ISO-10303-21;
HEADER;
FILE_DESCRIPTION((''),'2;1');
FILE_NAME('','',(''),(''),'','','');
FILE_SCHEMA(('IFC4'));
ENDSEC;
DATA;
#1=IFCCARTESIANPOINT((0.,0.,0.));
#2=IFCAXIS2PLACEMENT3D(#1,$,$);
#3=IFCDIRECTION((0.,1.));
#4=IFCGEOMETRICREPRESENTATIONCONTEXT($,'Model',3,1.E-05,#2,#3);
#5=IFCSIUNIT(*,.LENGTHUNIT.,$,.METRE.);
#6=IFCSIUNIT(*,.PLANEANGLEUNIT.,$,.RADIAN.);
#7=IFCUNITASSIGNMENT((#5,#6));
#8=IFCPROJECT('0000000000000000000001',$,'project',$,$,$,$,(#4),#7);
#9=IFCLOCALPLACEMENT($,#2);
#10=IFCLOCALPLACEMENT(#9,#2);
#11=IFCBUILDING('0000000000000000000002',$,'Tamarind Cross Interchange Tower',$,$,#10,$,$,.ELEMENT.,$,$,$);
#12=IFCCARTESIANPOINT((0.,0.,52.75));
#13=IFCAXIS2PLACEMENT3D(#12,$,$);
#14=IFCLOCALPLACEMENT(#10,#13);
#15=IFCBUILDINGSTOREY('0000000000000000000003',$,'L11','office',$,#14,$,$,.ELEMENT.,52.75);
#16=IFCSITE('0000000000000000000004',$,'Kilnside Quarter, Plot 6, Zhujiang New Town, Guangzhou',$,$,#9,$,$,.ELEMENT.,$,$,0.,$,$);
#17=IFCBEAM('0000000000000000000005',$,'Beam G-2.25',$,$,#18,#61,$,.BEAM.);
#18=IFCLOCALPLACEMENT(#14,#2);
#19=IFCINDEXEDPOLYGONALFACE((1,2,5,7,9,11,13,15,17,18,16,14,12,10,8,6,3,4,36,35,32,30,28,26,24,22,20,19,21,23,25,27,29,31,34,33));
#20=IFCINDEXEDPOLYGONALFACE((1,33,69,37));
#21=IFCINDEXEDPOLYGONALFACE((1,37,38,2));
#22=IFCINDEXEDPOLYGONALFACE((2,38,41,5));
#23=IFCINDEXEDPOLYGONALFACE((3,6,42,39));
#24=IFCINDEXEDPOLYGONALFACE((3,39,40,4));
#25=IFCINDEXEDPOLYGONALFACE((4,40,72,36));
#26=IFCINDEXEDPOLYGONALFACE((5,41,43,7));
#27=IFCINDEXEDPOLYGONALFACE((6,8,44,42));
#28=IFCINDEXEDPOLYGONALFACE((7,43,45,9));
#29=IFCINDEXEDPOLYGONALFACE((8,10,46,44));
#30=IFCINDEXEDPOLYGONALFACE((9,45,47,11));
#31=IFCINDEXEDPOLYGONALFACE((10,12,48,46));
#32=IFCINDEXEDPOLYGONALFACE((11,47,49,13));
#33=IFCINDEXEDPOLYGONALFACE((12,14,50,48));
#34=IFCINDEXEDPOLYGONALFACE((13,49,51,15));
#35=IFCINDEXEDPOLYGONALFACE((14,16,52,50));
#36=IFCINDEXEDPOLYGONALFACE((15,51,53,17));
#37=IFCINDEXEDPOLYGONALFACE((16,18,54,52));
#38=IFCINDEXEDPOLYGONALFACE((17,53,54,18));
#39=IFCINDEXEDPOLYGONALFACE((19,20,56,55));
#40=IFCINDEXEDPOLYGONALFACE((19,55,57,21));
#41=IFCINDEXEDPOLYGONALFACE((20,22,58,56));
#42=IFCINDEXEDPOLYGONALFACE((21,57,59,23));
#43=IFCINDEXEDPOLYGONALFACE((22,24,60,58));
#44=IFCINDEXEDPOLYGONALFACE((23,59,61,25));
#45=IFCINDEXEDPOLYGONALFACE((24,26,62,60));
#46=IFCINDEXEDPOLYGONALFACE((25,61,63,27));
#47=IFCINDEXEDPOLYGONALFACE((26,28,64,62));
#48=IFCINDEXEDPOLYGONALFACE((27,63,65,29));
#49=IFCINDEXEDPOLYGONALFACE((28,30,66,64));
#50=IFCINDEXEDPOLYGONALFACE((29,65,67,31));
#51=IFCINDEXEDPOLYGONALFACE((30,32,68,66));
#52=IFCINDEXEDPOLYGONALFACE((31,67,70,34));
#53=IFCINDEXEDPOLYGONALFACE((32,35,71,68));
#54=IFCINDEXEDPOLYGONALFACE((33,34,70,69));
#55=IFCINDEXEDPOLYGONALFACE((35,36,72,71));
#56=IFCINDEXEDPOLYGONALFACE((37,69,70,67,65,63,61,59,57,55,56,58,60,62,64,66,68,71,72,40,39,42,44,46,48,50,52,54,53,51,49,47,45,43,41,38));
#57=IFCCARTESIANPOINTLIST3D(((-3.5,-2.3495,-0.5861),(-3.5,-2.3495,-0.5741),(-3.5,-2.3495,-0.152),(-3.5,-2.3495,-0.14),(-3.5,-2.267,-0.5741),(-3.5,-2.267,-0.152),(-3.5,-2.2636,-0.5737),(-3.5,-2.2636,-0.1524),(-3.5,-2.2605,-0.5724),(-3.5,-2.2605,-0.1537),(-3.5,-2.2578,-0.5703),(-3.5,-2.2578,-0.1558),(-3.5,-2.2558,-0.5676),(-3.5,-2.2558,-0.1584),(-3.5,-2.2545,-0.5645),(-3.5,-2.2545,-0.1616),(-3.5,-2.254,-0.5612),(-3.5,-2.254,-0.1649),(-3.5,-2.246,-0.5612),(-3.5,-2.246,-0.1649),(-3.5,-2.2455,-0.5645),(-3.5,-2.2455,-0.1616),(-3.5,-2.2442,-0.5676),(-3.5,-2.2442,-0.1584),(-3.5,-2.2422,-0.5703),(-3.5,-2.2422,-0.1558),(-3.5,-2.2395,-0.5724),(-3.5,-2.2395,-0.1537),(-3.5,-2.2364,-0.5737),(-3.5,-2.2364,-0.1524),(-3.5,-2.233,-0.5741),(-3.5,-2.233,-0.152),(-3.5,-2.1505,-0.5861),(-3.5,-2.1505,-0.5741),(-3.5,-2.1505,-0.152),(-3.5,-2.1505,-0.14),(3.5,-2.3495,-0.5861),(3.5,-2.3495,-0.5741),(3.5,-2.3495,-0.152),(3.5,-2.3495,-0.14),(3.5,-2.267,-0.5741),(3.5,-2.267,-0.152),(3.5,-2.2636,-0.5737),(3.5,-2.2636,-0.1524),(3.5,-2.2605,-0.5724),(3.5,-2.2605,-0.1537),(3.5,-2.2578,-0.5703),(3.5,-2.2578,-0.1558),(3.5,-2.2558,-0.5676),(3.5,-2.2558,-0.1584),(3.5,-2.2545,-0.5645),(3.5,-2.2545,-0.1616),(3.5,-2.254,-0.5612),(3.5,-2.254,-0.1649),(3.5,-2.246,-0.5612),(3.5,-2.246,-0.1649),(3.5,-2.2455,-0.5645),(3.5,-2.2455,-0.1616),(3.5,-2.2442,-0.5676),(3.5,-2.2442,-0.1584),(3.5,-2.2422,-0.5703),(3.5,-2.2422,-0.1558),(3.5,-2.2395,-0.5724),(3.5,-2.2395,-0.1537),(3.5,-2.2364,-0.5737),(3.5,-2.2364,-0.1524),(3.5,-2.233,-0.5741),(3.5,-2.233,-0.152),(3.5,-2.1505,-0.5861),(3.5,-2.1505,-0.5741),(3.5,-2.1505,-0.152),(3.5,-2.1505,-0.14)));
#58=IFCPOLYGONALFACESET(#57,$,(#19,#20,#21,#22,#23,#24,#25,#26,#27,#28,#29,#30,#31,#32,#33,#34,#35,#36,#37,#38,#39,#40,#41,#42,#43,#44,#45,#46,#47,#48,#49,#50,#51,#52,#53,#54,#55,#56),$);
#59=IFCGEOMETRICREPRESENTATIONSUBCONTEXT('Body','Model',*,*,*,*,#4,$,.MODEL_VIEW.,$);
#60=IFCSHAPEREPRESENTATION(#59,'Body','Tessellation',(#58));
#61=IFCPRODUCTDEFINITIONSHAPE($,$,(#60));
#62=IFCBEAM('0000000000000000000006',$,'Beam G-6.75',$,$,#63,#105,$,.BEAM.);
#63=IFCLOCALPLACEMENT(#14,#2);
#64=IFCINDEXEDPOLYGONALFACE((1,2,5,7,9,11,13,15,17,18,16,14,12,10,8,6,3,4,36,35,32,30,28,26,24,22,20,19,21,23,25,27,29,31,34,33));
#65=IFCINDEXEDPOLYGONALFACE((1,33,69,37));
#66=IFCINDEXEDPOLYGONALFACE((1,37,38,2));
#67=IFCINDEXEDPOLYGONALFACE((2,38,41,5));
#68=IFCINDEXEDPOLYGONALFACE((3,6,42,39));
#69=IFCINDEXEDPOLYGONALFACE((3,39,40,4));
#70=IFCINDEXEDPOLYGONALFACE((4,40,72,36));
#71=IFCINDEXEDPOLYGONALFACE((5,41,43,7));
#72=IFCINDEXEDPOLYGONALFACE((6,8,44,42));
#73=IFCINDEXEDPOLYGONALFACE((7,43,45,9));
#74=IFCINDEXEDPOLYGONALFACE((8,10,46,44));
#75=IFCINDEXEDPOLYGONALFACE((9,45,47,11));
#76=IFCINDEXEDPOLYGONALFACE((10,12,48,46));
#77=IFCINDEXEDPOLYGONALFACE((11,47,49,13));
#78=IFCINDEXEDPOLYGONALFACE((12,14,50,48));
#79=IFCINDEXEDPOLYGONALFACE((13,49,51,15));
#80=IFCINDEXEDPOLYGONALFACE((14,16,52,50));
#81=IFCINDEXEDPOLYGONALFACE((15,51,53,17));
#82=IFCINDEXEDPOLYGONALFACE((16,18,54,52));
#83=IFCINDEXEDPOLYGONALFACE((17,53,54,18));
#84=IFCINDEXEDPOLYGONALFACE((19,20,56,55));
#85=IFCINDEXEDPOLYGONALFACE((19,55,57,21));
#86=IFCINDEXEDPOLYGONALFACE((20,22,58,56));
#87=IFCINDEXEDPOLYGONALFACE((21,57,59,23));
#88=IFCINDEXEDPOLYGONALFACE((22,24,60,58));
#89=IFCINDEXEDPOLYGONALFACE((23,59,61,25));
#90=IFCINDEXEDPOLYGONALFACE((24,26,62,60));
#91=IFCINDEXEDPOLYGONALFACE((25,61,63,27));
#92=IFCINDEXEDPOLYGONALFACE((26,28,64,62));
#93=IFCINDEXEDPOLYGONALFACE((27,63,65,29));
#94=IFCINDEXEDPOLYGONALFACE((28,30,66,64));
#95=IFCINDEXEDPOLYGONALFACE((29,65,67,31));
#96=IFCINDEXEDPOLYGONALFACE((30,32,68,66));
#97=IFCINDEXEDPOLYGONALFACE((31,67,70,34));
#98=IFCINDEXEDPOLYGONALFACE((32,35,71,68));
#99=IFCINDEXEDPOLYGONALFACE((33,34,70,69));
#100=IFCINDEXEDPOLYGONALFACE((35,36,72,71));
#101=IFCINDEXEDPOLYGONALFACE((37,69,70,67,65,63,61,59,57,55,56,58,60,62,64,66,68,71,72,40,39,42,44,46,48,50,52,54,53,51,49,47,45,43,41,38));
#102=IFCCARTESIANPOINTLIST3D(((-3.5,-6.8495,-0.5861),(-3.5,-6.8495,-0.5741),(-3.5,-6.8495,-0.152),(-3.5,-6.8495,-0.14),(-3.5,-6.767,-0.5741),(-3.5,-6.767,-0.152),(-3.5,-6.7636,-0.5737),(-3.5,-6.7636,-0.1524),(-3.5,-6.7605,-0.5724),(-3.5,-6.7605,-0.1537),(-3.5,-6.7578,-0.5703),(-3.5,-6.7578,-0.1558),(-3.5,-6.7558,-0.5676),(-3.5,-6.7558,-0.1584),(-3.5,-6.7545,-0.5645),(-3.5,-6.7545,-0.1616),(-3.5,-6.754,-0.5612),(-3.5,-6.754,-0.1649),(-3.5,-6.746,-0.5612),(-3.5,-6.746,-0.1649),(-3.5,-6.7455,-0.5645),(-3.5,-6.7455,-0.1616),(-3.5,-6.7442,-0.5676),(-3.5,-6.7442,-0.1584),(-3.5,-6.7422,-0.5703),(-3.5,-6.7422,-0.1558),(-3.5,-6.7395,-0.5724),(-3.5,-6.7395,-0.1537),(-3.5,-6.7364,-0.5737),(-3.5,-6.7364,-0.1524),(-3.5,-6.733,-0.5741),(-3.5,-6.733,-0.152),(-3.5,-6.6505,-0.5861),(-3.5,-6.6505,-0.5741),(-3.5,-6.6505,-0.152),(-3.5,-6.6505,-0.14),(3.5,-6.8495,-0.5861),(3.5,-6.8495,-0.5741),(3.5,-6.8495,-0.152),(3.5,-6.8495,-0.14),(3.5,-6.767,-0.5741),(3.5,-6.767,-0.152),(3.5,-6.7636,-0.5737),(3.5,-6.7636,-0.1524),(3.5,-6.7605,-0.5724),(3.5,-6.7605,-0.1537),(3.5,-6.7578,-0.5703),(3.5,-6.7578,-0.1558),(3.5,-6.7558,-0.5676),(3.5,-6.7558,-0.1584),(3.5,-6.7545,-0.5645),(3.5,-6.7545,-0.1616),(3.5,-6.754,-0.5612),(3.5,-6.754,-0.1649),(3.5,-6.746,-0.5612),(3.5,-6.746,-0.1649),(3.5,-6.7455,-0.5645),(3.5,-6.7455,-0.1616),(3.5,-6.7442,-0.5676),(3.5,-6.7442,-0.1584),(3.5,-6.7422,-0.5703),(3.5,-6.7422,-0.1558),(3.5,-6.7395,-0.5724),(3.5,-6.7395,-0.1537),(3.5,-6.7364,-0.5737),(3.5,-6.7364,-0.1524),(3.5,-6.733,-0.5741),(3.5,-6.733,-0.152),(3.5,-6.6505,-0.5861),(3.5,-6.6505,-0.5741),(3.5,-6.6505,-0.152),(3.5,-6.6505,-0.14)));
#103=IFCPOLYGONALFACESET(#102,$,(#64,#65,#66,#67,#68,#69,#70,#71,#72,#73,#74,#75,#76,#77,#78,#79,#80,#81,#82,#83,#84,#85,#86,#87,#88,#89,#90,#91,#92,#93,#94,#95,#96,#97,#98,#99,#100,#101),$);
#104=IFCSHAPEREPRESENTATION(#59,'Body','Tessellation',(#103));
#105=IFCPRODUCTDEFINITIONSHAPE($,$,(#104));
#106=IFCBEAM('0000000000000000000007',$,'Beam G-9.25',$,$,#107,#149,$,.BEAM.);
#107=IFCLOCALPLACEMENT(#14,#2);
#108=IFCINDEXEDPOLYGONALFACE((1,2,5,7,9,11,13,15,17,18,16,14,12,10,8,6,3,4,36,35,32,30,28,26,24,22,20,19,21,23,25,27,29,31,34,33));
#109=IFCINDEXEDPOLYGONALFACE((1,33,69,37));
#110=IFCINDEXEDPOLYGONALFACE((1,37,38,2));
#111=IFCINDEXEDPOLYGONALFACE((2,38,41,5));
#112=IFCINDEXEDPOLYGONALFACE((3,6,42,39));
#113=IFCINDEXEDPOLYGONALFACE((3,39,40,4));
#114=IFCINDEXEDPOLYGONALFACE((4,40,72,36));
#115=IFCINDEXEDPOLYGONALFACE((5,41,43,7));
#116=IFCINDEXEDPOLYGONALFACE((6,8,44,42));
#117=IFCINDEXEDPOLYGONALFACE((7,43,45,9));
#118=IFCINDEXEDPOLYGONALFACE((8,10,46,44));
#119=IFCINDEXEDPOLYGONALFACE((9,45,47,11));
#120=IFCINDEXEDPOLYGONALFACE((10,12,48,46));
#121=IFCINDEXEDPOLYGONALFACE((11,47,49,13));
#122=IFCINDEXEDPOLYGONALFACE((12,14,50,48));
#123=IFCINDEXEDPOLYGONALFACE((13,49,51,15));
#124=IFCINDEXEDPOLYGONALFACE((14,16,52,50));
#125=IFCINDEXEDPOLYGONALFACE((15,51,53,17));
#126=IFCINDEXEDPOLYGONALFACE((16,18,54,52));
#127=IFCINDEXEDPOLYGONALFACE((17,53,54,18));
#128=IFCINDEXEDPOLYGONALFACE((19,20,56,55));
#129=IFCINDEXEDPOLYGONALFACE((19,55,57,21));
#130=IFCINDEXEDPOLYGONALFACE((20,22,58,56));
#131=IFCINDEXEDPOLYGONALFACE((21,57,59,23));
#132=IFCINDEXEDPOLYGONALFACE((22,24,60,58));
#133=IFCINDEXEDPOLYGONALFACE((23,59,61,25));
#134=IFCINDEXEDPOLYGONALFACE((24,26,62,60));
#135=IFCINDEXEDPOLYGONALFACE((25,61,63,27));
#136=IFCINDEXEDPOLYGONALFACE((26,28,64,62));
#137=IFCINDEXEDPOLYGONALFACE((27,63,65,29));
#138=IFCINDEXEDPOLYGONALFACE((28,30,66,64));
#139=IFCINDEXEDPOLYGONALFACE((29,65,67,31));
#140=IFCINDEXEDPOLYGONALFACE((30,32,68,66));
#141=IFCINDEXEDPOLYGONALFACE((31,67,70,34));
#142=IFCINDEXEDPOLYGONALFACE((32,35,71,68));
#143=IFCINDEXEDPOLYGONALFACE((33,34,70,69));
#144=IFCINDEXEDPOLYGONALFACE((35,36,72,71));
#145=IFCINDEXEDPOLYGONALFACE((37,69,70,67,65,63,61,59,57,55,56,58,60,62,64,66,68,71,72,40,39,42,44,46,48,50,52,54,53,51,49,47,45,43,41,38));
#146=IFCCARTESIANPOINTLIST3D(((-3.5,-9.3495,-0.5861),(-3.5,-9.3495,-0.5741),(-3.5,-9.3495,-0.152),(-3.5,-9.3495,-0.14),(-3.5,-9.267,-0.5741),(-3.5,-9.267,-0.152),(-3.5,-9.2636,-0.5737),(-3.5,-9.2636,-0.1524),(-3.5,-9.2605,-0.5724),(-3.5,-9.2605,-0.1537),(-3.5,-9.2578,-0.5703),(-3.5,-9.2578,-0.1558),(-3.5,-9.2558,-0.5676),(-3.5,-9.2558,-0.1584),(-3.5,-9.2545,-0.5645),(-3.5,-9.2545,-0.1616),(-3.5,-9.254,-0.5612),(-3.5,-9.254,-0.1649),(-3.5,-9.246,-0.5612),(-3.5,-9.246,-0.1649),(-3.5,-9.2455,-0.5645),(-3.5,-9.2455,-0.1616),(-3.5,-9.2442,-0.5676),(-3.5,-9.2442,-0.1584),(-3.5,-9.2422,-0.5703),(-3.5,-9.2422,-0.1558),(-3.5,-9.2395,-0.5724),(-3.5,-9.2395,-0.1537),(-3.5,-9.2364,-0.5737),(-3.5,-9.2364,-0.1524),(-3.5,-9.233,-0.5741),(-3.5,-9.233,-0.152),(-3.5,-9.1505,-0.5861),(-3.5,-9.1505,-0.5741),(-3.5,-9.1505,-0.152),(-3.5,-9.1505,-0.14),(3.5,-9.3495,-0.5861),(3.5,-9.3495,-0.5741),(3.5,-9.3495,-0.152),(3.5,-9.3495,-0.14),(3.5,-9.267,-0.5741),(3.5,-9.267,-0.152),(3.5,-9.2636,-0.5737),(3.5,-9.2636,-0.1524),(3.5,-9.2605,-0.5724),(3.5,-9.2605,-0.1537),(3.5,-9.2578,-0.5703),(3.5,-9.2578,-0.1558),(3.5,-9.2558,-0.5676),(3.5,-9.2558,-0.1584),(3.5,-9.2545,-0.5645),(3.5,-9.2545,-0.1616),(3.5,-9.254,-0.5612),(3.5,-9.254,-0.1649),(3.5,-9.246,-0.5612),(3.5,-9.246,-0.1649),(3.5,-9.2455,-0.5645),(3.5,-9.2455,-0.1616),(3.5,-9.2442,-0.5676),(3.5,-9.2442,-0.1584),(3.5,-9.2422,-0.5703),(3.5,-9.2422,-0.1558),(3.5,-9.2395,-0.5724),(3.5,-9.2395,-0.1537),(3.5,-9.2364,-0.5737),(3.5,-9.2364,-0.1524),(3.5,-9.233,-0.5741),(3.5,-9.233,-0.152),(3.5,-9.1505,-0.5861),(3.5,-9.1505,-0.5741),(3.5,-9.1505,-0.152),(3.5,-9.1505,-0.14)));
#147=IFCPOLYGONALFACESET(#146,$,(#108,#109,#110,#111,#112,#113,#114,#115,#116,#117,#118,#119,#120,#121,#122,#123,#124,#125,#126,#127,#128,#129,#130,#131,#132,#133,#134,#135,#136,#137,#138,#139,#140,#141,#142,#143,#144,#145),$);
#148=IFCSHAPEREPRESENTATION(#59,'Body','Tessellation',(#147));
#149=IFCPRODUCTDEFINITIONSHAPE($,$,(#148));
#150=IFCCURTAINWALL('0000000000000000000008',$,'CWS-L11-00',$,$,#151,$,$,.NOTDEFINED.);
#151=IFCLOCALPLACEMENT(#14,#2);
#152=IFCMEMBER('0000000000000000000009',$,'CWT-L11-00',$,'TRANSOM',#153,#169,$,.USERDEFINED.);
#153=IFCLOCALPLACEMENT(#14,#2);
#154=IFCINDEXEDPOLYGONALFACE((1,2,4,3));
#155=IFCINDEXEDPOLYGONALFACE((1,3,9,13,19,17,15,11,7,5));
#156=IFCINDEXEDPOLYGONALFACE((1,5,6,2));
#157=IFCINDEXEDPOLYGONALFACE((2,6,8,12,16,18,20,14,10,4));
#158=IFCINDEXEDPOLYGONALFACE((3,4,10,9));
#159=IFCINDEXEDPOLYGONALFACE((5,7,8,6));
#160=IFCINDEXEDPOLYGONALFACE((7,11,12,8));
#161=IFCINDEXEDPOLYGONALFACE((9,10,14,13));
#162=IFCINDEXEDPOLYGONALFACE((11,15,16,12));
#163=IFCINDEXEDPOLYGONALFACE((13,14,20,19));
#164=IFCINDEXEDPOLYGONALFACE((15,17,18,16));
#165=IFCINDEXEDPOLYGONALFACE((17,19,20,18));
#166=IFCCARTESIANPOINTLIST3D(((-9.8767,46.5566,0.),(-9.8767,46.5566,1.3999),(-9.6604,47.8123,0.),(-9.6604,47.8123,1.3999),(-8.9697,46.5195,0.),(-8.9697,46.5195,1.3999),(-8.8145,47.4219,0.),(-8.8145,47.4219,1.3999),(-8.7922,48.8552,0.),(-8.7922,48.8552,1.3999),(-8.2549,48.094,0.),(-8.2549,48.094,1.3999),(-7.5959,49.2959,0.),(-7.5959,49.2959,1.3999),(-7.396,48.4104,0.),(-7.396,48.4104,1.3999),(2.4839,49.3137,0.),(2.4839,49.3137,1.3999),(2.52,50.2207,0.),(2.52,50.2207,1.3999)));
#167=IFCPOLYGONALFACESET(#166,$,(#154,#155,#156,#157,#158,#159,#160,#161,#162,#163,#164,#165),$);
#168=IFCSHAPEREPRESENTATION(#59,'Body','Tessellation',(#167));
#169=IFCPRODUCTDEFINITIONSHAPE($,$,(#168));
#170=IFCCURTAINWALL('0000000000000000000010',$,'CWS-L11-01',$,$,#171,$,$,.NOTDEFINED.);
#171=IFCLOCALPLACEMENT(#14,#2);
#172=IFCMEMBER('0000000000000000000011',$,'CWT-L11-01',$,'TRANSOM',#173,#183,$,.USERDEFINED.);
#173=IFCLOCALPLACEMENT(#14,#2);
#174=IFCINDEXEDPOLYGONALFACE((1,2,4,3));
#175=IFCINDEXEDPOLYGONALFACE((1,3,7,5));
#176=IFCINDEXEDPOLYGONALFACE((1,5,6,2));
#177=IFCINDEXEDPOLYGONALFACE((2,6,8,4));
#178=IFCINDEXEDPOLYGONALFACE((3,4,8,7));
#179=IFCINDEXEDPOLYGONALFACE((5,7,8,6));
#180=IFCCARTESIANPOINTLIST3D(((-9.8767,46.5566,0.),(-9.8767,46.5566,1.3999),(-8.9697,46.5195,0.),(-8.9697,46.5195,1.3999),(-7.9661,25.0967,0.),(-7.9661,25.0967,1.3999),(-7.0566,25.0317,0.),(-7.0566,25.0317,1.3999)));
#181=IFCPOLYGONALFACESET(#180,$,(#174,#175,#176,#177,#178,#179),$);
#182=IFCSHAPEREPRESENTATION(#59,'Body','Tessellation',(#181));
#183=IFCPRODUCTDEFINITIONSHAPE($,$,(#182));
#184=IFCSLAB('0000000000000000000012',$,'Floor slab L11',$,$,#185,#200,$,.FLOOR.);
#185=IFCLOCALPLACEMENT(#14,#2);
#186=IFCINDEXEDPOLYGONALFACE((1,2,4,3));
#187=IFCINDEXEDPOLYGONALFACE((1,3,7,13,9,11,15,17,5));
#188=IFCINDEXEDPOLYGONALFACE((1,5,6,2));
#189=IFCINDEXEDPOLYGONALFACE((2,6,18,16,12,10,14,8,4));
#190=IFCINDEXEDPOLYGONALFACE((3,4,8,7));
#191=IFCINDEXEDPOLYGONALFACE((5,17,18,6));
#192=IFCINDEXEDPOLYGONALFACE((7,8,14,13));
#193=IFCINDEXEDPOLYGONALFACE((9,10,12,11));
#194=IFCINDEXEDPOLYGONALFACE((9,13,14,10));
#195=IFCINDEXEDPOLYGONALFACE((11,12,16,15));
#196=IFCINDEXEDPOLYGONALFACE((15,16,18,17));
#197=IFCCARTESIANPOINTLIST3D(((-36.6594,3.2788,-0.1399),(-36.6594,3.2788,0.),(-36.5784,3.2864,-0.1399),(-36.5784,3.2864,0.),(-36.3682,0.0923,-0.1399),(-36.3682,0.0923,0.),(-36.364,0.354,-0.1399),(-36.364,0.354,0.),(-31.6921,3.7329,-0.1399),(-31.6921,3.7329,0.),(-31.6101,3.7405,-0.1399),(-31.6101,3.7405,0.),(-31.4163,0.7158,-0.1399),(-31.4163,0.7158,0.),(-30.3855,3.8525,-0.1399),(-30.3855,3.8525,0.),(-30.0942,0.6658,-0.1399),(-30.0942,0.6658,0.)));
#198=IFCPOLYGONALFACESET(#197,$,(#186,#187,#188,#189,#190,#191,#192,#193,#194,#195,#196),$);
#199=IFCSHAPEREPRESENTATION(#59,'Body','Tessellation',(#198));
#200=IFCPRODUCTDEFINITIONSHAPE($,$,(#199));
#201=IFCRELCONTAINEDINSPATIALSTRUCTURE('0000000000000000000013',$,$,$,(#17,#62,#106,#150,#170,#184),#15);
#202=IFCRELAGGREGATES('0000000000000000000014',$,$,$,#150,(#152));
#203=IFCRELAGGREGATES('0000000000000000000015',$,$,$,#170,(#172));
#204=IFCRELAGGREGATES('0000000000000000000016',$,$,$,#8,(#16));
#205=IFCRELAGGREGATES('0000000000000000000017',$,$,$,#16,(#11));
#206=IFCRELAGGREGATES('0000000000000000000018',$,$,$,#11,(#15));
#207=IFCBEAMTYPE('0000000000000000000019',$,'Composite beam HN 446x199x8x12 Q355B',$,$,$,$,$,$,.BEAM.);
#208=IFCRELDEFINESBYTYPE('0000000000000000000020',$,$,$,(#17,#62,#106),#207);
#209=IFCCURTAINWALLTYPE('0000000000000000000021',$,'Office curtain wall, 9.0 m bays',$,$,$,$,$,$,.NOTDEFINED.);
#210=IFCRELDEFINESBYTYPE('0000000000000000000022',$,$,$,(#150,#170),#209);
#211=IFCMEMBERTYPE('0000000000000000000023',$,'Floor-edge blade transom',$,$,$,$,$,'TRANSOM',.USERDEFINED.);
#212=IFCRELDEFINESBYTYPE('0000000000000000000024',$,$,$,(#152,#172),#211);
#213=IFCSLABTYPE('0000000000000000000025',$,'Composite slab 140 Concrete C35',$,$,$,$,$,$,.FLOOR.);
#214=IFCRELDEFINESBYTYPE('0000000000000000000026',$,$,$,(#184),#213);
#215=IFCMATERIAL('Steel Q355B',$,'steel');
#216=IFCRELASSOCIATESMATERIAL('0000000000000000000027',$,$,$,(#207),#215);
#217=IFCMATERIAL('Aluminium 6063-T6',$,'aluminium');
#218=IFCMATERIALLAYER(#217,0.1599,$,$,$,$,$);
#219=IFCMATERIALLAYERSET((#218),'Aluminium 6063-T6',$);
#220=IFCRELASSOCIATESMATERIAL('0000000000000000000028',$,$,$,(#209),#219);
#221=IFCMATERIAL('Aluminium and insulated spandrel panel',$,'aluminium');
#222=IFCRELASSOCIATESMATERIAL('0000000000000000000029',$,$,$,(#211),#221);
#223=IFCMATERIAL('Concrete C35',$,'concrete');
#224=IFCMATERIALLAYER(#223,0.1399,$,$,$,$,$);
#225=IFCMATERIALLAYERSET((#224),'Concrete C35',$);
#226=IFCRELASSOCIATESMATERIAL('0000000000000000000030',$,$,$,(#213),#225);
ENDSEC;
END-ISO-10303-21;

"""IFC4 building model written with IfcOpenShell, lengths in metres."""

from ifc_helpers import new_model, si_unit, direction, frame, origin, origin_2d, place, context, subcontext, project, spatial, polyline, i_section, outline, extrude, material, layer, layer_set, material_profile, profile_set, type_object, element, aggregate, save


model = new_model("IFC4")

# Units and contexts
model_context = context("Model", 3, precision=1e-05, world=origin(), true_north=direction((0.0, 1.0)))
body_context = subcontext(model_context, "Body", "Model", "MODEL_VIEW")
ifc_project = project(units=[si_unit("LENGTHUNIT", "METRE"), si_unit("PLANEANGLEUNIT", "RADIAN")], contexts=[model_context])

# Site, building, storey
site_placement = place(None, origin())
site = spatial("IfcSite", under=ifc_project, at=site_placement, Name="Kilnside Quarter, Plot 6, Zhujiang New Town, Guangzhou", CompositionType="ELEMENT", RefElevation=0.0)
building_placement = place(site_placement, origin())
building = spatial("IfcBuilding", under=site, at=building_placement, Name="Tamarind Cross Interchange Tower", CompositionType="ELEMENT")
storey_placement = place(building_placement, frame((0.0, 0.0, 52.75)))
storey = spatial("IfcBuildingStorey", under=building, at=storey_placement, Name="L11", Description="office", CompositionType="ELEMENT", Elevation=52.75)

# Beams
ifc_material_1 = material(Name="Steel Q355B", Category="steel")
ifc_material_profile = material_profile(ifc_material_1, i_section(OverallWidth=0.199, OverallDepth=0.446, WebThickness=0.0081, FlangeThickness=0.012, FilletRadius=0.0129, at=origin_2d()), Name="HN 446x199x8x12")
ifc_profile_set = profile_set([ifc_material_profile], Name="Steel Q355B")
beam_type = type_object("IfcBeamType", Name="Composite beam HN 446x199x8x12 Q355B", PredefinedType="BEAM", material=ifc_profile_set)
for number, where, z_axis, x_axis, name in (
    (1, (-3.5, -2.25, -0.363), (1.0, 0.0, 0.0), (0.0, 1.0, 0.0), "Beam G-2.25"),
    (2, (-3.5, -6.75, -0.363), (1.0, 0.0, 0.0), (0.0, 1.0, 0.0), "Beam G-6.75"),
    (3, (-3.5, -9.25, -0.363), (1.0, 0.0, 0.0), (0.0, 1.0, 0.0), "Beam G-9.25"),
):
    element("IfcBeam", number, at=place(storey_placement, frame(where, z_axis=z_axis, x_axis=x_axis)), inside=storey, type_object=beam_type, Name=name, PredefinedType="BEAM", context=body_context, shape_type="SweptSolid", body=[
        extrude(i_section(OverallWidth=0.199, OverallDepth=0.446, WebThickness=0.0081, FlangeThickness=0.012, FilletRadius=0.0129, at=origin_2d()), origin(), (0.0, 0.0, 1.0), 7.0),
    ])

# Curtain walls, members
ifc_material_2 = material(Name="Aluminium 6063-T6", Category="aluminium")
ifc_layer_1 = layer(ifc_material_2, 0.1599)
ifc_layer_set_1 = layer_set([ifc_layer_1], Name="Aluminium 6063-T6")
curtain_wall_type = type_object("IfcCurtainWallType", Name="Office curtain wall, 9.0 m bays", PredefinedType="NOTDEFINED", material=ifc_layer_set_1)
curtain_wall_1_placement = place(storey_placement, origin())
curtain_wall_1 = element("IfcCurtainWall", 4, at=curtain_wall_1_placement, inside=storey, type_object=curtain_wall_type, Name="CWS-L11-00", PredefinedType="NOTDEFINED")
ifc_material_3 = material(Name="Aluminium and insulated spandrel panel", Category="aluminium")
member_type = type_object("IfcMemberType", Name="Floor-edge blade transom", ElementType="TRANSOM", PredefinedType="USERDEFINED", material=ifc_material_3)
member_1_placement = place(storey_placement, origin())
member_1 = element("IfcMember", 5, at=member_1_placement, type_object=member_type, Name="CWT-L11-00", ObjectType="TRANSOM", PredefinedType="USERDEFINED", context=body_context, shape_type="SweptSolid", body=[
    extrude(outline(polyline([(2.4839, 49.3137), (-7.396, 48.4104), (-8.2549, 48.094), (-8.8145, 47.4219), (-8.9697, 46.5195), (-9.8767, 46.5566), (-9.6604, 47.8123), (-8.7922, 48.8552), (-7.5959, 49.2959), (2.52, 50.2207), (2.4839, 49.3137)])), origin(), (0.0, 0.0, 1.0), 1.3999),
])
curtain_wall_2_placement = place(storey_placement, origin())
curtain_wall_2 = element("IfcCurtainWall", 6, at=curtain_wall_2_placement, inside=storey, type_object=curtain_wall_type, Name="CWS-L11-01", PredefinedType="NOTDEFINED")
member_2_placement = place(storey_placement, origin())
member_2 = element("IfcMember", 7, at=member_2_placement, type_object=member_type, Name="CWT-L11-01", ObjectType="TRANSOM", PredefinedType="USERDEFINED", context=body_context, shape_type="SweptSolid", body=[
    extrude(outline(polyline([(-8.9697, 46.5195), (-7.0566, 25.0317), (-7.9661, 25.0967), (-9.8767, 46.5566), (-8.9697, 46.5195)])), origin(), (0.0, 0.0, 1.0), 1.3999),
])

# Slab
ifc_material_4 = material(Name="Concrete C35", Category="concrete")
ifc_layer_2 = layer(ifc_material_4, 0.1399)
ifc_layer_set_2 = layer_set([ifc_layer_2], Name="Concrete C35")
slab_type = type_object("IfcSlabType", Name="Composite slab 140 Concrete C35", PredefinedType="FLOOR", material=ifc_layer_set_2)
slab_1_placement = place(storey_placement, frame((0.0, 0.0, -0.1399)))
element("IfcSlab", 8, at=slab_1_placement, inside=storey, type_object=slab_type, Name="Floor slab L11", PredefinedType="FLOOR", context=body_context, shape_type="SweptSolid", body=[
    extrude(outline(polyline([(-36.6594, 3.2788), (-36.3682, 0.0923), (-30.0942, 0.6658), (-30.3855, 3.8525), (-31.6101, 3.7405), (-31.6921, 3.7329), (-31.4163, 0.7158), (-36.364, 0.354), (-36.5784, 3.2864), (-36.6594, 3.2788)])), origin(), (0.0, 0.0, 1.0), 0.1399),
])

aggregate(curtain_wall_1, [member_1])
aggregate(curtain_wall_2, [member_2])

save(model, "model.ifc")
